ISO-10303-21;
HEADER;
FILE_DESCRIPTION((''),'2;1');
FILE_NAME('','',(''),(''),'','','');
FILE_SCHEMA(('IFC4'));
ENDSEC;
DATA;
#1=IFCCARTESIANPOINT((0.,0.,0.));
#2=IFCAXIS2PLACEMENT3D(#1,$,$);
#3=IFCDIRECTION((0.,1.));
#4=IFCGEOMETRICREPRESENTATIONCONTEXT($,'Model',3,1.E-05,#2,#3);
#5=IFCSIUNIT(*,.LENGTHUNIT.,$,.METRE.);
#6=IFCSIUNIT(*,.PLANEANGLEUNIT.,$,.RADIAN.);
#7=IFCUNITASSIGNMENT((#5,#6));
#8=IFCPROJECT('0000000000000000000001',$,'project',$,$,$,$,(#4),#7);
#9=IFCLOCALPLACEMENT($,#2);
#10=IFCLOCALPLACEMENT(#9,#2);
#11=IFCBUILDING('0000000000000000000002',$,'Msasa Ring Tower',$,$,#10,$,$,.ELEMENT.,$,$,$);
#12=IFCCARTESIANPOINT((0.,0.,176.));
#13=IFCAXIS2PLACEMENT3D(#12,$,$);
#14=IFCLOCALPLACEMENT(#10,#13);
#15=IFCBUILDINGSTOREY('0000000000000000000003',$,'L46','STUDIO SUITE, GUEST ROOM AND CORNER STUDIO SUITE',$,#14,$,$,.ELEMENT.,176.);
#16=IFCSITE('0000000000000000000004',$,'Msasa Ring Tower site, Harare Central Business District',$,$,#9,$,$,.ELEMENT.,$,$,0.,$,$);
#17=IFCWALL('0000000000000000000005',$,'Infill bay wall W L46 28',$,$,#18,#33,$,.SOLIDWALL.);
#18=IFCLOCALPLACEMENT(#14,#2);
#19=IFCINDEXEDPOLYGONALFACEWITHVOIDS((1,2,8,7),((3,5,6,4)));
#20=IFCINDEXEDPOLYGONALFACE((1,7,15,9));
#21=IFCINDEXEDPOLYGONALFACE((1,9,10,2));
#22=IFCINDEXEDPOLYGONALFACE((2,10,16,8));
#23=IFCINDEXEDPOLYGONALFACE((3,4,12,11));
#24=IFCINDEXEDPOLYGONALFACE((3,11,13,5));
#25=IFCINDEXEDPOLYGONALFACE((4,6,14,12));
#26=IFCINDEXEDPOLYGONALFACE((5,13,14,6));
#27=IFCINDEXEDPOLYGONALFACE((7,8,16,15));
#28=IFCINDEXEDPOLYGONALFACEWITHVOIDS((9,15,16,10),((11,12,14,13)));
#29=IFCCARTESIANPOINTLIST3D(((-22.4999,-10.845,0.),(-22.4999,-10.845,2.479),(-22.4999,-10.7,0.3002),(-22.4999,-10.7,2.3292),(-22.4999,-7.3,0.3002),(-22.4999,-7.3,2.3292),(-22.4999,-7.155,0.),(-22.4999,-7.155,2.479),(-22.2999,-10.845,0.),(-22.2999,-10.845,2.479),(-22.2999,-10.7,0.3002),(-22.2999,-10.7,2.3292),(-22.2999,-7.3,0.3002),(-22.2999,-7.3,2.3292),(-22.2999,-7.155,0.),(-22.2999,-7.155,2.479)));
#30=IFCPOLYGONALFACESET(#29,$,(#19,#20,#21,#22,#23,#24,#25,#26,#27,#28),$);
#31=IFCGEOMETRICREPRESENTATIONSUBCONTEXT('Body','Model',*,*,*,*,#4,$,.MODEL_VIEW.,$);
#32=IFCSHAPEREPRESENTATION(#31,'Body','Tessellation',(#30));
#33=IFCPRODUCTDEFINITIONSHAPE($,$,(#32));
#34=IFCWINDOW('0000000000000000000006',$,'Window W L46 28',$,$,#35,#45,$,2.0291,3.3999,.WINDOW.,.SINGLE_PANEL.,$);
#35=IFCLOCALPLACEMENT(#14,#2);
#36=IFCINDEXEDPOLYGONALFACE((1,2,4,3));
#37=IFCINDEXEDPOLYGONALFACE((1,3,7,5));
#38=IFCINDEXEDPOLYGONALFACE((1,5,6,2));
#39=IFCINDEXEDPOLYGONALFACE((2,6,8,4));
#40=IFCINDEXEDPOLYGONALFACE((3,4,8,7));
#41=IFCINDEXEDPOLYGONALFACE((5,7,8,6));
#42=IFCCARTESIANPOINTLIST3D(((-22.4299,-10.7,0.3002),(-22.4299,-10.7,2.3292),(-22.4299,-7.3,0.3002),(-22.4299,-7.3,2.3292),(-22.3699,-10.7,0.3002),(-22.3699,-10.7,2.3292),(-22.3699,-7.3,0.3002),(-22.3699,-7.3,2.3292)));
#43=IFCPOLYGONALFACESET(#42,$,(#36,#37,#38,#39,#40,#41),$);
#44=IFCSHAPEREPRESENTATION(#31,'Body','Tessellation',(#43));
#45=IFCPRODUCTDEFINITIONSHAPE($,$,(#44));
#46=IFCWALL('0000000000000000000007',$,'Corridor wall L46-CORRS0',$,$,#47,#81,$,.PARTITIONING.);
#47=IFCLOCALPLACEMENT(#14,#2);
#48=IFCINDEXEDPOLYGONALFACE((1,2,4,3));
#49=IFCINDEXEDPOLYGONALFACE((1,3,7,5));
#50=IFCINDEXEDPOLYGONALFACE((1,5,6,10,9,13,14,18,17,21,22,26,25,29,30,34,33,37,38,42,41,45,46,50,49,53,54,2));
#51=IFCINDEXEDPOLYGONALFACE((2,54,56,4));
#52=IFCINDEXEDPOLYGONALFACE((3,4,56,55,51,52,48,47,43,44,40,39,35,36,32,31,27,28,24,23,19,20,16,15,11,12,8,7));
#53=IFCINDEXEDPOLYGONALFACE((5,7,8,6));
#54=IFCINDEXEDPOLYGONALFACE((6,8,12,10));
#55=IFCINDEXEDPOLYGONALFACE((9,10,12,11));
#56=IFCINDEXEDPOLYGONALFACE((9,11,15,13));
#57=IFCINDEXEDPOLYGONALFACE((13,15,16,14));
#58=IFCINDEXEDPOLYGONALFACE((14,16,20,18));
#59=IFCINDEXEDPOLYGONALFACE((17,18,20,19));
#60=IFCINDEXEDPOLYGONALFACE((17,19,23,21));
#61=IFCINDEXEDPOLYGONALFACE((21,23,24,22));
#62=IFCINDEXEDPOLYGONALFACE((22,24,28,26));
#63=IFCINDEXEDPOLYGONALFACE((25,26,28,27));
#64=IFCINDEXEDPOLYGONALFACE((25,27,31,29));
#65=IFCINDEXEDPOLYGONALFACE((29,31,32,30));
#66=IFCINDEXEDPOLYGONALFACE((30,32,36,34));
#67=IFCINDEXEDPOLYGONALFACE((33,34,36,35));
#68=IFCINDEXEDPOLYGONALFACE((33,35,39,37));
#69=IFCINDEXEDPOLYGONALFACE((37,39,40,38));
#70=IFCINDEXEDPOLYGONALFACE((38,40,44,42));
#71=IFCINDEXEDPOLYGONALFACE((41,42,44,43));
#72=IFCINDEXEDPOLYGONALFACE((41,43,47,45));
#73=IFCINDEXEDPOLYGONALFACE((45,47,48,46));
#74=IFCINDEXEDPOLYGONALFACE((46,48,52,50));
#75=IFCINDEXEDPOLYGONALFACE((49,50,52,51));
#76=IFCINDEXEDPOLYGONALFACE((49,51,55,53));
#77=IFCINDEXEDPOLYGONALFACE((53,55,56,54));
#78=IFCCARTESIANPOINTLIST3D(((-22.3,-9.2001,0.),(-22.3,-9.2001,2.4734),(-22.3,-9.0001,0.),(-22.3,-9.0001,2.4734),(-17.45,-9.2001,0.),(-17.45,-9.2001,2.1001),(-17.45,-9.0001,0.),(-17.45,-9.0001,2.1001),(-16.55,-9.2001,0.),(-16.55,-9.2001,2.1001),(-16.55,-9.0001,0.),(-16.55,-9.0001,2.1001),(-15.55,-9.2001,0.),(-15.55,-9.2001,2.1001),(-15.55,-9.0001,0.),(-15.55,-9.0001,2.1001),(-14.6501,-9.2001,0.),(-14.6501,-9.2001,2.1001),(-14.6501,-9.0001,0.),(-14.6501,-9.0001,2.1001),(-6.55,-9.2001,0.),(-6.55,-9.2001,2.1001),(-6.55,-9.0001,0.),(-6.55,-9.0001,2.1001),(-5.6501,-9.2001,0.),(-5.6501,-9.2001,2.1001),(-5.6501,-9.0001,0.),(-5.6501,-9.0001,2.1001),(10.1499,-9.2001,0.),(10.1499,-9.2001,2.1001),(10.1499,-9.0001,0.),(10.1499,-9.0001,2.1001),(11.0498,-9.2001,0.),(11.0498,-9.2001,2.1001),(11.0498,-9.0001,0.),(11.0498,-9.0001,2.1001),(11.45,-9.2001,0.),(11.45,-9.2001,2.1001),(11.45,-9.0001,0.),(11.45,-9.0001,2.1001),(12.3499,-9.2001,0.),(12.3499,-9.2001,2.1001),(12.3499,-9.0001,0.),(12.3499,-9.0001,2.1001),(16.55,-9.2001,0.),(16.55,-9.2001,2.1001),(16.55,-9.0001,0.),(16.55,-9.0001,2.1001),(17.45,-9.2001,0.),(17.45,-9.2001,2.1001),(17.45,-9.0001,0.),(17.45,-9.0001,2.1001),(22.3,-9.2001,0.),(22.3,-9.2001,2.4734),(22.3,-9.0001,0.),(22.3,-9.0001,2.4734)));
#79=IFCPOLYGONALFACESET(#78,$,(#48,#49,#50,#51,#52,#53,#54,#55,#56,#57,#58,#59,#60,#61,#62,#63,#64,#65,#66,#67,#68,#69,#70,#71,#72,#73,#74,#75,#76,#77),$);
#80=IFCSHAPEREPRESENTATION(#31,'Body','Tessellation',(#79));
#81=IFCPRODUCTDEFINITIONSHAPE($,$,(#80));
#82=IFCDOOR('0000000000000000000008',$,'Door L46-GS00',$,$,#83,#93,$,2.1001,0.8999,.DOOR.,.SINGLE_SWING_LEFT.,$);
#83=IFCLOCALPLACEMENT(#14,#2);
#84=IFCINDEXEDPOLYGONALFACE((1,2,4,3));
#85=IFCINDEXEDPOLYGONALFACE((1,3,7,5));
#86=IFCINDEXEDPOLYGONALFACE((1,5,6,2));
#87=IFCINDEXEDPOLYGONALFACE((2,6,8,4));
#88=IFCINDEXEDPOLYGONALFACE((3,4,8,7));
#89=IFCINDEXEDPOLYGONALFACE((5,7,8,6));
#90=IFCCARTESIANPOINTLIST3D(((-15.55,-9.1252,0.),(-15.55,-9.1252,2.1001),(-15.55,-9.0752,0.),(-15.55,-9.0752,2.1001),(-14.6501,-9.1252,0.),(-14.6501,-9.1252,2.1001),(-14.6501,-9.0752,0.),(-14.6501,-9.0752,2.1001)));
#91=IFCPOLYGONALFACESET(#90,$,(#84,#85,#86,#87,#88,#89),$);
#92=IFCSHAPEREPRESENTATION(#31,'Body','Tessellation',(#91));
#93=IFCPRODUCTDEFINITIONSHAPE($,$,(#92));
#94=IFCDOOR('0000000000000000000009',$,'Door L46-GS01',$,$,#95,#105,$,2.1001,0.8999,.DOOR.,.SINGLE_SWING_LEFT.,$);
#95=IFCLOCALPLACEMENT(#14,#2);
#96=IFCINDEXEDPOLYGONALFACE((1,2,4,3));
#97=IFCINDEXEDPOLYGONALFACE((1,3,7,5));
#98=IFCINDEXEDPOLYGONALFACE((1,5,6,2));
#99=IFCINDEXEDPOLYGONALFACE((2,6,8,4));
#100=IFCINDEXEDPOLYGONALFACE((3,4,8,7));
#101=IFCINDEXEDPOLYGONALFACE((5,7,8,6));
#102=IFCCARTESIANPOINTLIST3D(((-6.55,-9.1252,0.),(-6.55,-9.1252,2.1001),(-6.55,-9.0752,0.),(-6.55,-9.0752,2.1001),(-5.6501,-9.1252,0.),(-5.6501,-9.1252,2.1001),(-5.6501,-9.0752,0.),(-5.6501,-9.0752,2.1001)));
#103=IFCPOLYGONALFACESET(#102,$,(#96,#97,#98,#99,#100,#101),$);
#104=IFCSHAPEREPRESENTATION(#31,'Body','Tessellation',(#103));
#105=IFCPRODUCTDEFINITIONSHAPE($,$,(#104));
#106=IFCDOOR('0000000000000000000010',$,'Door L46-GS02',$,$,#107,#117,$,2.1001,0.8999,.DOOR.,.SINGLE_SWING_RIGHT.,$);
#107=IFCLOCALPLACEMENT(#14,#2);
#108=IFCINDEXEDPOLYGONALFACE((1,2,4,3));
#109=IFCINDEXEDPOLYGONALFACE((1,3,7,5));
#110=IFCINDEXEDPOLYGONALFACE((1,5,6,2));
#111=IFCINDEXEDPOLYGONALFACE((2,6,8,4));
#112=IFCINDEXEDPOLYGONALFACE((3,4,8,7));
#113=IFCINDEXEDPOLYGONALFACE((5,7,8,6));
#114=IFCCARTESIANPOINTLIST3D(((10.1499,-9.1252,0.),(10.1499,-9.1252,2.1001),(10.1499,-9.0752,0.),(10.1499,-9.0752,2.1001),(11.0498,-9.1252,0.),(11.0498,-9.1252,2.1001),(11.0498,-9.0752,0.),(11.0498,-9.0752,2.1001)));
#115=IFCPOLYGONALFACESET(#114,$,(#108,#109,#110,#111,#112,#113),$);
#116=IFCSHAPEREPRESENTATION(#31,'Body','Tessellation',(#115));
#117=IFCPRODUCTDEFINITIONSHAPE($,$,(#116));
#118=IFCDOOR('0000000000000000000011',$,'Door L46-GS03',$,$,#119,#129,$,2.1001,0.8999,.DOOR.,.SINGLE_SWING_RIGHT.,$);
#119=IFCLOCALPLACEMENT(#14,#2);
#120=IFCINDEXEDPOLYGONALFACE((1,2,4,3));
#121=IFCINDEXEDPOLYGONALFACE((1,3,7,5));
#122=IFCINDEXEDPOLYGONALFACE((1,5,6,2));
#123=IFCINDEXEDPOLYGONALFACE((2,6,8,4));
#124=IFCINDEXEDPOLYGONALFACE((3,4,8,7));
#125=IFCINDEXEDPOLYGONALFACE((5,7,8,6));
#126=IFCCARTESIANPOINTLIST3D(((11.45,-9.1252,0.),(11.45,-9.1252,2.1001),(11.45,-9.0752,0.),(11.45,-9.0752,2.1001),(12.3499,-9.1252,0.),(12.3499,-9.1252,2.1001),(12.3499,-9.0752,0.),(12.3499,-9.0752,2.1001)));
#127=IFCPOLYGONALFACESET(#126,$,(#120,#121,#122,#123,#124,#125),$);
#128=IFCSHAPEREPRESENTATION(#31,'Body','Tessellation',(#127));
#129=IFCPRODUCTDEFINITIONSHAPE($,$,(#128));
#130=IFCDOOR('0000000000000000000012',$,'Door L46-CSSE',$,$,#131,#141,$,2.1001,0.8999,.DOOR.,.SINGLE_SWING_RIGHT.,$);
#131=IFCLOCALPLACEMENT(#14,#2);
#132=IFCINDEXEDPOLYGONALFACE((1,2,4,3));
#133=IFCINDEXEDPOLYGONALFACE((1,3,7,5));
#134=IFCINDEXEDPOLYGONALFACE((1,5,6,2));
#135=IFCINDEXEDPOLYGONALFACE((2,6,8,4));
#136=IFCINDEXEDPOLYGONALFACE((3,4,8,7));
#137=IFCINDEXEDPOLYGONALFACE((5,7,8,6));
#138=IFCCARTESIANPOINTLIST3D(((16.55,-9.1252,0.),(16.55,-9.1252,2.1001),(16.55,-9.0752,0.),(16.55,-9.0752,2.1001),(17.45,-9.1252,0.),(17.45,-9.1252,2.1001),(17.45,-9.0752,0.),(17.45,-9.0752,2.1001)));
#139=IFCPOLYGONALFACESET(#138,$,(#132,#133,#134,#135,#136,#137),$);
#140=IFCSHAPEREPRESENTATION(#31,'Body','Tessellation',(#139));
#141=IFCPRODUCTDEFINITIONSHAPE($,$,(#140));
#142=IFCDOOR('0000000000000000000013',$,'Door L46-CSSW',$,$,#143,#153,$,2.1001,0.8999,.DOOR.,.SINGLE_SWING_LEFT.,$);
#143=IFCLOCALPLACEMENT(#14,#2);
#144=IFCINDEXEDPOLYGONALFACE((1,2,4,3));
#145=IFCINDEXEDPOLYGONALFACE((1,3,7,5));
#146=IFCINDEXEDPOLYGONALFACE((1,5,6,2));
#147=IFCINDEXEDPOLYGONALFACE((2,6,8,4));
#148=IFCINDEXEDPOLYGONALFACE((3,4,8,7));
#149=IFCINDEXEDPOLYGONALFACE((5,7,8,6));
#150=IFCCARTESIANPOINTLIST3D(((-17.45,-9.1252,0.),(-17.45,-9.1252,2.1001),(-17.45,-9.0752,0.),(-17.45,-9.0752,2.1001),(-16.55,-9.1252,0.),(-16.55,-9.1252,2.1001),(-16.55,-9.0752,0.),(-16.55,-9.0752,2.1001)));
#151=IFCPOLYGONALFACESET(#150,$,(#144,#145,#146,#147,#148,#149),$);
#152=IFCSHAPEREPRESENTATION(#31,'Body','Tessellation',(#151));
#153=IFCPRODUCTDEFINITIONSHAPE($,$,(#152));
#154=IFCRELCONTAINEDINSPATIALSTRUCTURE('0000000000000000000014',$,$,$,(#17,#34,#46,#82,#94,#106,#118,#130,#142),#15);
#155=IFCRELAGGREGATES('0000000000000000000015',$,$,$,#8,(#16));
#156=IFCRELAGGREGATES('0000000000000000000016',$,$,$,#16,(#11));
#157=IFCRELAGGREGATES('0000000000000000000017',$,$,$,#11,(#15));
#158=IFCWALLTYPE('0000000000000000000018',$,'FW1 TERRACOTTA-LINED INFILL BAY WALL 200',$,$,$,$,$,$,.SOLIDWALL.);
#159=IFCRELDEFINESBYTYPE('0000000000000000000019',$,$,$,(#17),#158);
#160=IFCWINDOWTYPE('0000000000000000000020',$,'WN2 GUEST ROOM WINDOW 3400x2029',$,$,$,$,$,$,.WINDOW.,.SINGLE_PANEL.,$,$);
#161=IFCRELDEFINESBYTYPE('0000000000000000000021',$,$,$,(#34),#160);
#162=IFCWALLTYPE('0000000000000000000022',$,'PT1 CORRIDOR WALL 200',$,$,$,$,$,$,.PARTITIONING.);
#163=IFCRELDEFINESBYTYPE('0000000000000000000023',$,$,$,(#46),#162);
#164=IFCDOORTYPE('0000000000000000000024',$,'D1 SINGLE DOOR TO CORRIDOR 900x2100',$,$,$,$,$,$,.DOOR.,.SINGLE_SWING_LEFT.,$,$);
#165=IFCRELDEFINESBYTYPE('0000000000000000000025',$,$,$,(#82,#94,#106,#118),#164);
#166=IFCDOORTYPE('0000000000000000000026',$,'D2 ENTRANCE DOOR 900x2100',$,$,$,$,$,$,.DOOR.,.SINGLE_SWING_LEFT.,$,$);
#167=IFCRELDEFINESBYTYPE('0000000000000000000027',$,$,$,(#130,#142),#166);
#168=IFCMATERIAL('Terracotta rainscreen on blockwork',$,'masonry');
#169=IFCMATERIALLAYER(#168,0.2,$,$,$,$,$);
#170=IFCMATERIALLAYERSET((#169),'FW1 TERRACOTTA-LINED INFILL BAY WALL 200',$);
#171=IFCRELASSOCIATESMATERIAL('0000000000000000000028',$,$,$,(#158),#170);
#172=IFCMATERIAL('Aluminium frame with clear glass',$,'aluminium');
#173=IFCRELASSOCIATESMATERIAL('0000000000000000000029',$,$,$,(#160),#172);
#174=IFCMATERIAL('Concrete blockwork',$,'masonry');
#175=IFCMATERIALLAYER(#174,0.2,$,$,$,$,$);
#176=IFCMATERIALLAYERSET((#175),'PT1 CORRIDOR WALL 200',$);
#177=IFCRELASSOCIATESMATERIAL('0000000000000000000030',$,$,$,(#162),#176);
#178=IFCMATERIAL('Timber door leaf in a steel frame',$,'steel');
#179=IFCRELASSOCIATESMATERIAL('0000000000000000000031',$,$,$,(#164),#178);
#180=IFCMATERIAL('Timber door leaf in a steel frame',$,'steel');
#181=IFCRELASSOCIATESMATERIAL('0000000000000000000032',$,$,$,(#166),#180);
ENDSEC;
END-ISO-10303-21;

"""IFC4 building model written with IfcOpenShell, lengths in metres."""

from ifc_helpers import new_model, si_unit, direction, frame, frame_2d, origin, place, context, subcontext, project, spatial, rectangle, extrude, material, layer, layer_set, type_object, element, fill, save


model = new_model("IFC4")

# Units and contexts
model_context = context("Model", 3, precision=1e-05, world=origin(), true_north=direction((0.0, 1.0)))
body_context = subcontext(model_context, "Body", "Model", "MODEL_VIEW")
ifc_project = project(units=[si_unit("LENGTHUNIT", "METRE"), si_unit("PLANEANGLEUNIT", "RADIAN")], contexts=[model_context])

# Site, building, storey
site_placement = place(None, origin())
site = spatial("IfcSite", under=ifc_project, at=site_placement, Name="Msasa Ring Tower site, Harare Central Business District", CompositionType="ELEMENT", RefElevation=0.0)
building_placement = place(site_placement, origin())
building = spatial("IfcBuilding", under=site, at=building_placement, Name="Msasa Ring Tower", CompositionType="ELEMENT")
storey_placement = place(building_placement, frame((0.0, 0.0, 176.0)))
storey = spatial("IfcBuildingStorey", under=building, at=storey_placement, Name="L46", Description="STUDIO SUITE, GUEST ROOM AND CORNER STUDIO SUITE", CompositionType="ELEMENT", Elevation=176.0)

# Wall, opening, window
ifc_material_1 = material(Name="Terracotta rainscreen on blockwork", Category="masonry")
ifc_layer_1 = layer(ifc_material_1, 0.2)
ifc_layer_set_1 = layer_set([ifc_layer_1], Name="FW1 TERRACOTTA-LINED INFILL BAY WALL 200")
wall_type_1 = type_object("IfcWallType", Name="FW1 TERRACOTTA-LINED INFILL BAY WALL 200", PredefinedType="SOLIDWALL", material=ifc_layer_set_1)
ifc_material_2 = material(Name="Aluminium frame with clear glass", Category="aluminium")
window_type = type_object("IfcWindowType", Name="WN2 GUEST ROOM WINDOW 3400x2029", PartitioningType="SINGLE_PANEL", PredefinedType="WINDOW", material=ifc_material_2)
wall_1_placement = place(storey_placement, frame((-22.3999, -10.845, 0.0), z_axis=(0.0, 0.0, 1.0), x_axis=(0.0, 1.0, 0.0)))
wall_1 = element("IfcWall", 1, at=wall_1_placement, inside=storey, type_object=wall_type_1, Name="Infill bay wall W L46 28", PredefinedType="SOLIDWALL", context=body_context, shape_type="SweptSolid", body=[
    extrude(rectangle(XDim=3.6899, YDim=0.2, at=frame_2d((1.845, 0.0))), origin(), (0.0, 0.0, 1.0), 2.479),
])
opening_1_placement = place(wall_1_placement, frame((0.145, 0.0, 0.3)))
opening_1 = element("IfcOpeningElement", 2, at=opening_1_placement, cuts=wall_1, PredefinedType="OPENING", context=body_context, shape_type="SweptSolid", body=[
    extrude(rectangle(XDim=3.3999, YDim=2.0291, at=frame_2d((1.7, 1.0146))), frame((0.0, 0.1099, 0.0), z_axis=(0.0, -1.0, 0.0), x_axis=(1.0, 0.0, 0.0)), (0.0, 0.0, 1.0), 0.22),
])
window_1_placement = place(opening_1_placement, origin())
window_1 = element("IfcWindow", 3, at=window_1_placement, inside=storey, type_object=window_type, Name="Window W L46 28", OverallHeight=2.0291, OverallWidth=3.3999, PartitioningType="SINGLE_PANEL", PredefinedType="WINDOW", context=body_context, shape_type="SweptSolid", body=[
    extrude(rectangle(XDim=3.3999, YDim=2.0291, at=frame_2d((1.7, 1.0146))), frame((0.0, 0.03, 0.0), z_axis=(0.0, -1.0, 0.0), x_axis=(1.0, 0.0, 0.0)), (0.0, 0.0, 1.0), 0.0601),
])
fill(opening_1, window_1)

# Wall, openings, doors
ifc_material_3 = material(Name="Concrete blockwork", Category="masonry")
ifc_layer_2 = layer(ifc_material_3, 0.2)
ifc_layer_set_2 = layer_set([ifc_layer_2], Name="PT1 CORRIDOR WALL 200")
wall_type_2 = type_object("IfcWallType", Name="PT1 CORRIDOR WALL 200", PredefinedType="PARTITIONING", material=ifc_layer_set_2)
wall_2_placement = place(storey_placement, frame((-22.3, -9.1001, 0.0), z_axis=(0.0, 0.0, 1.0), x_axis=(1.0, 0.0, 0.0)))
wall_2 = element("IfcWall", 4, at=wall_2_placement, inside=storey, type_object=wall_type_2, Name="Corridor wall L46-CORRS0", PredefinedType="PARTITIONING", context=body_context, shape_type="SweptSolid", body=[
    extrude(rectangle(XDim=44.6001, YDim=0.2, at=frame_2d((22.3, 0.0))), origin(), (0.0, 0.0, 1.0), 2.4734),
])
opening_2_placement = place(wall_2_placement, frame((6.75, 0.0, 0.0)))
opening_2 = element("IfcOpeningElement", 5, at=opening_2_placement, cuts=wall_2, PredefinedType="OPENING", context=body_context, shape_type="SweptSolid", body=[
    extrude(rectangle(XDim=0.8999, YDim=2.1001, at=frame_2d((0.45, 1.05))), frame((0.0, 0.1099, 0.0), z_axis=(0.0, -1.0, 0.0), x_axis=(1.0, 0.0, 0.0)), (0.0, 0.0, 1.0), 0.22),
])
opening_3_placement = place(wall_2_placement, frame((15.75, 0.0, 0.0)))
opening_3 = element("IfcOpeningElement", 6, at=opening_3_placement, cuts=wall_2, PredefinedType="OPENING", context=body_context, shape_type="SweptSolid", body=[
    extrude(rectangle(XDim=0.8999, YDim=2.1001, at=frame_2d((0.45, 1.05))), frame((0.0, 0.1099, 0.0), z_axis=(0.0, -1.0, 0.0), x_axis=(1.0, 0.0, 0.0)), (0.0, 0.0, 1.0), 0.22),
])
opening_4_placement = place(wall_2_placement, frame((32.45, 0.0, 0.0)))
opening_4 = element("IfcOpeningElement", 7, at=opening_4_placement, cuts=wall_2, PredefinedType="OPENING", context=body_context, shape_type="SweptSolid", body=[
    extrude(rectangle(XDim=0.8999, YDim=2.1001, at=frame_2d((0.45, 1.05))), frame((0.0, 0.1099, 0.0), z_axis=(0.0, -1.0, 0.0), x_axis=(1.0, 0.0, 0.0)), (0.0, 0.0, 1.0), 0.22),
])
opening_5_placement = place(wall_2_placement, frame((33.75, 0.0, 0.0)))
opening_5 = element("IfcOpeningElement", 8, at=opening_5_placement, cuts=wall_2, PredefinedType="OPENING", context=body_context, shape_type="SweptSolid", body=[
    extrude(rectangle(XDim=0.8999, YDim=2.1001, at=frame_2d((0.45, 1.05))), frame((0.0, 0.1099, 0.0), z_axis=(0.0, -1.0, 0.0), x_axis=(1.0, 0.0, 0.0)), (0.0, 0.0, 1.0), 0.22),
])
opening_6_placement = place(wall_2_placement, frame((38.8501, 0.0, 0.0)))
opening_6 = element("IfcOpeningElement", 9, at=opening_6_placement, cuts=wall_2, PredefinedType="OPENING", context=body_context, shape_type="SweptSolid", body=[
    extrude(rectangle(XDim=0.8999, YDim=2.1001, at=frame_2d((0.45, 1.05))), frame((0.0, 0.1099, 0.0), z_axis=(0.0, -1.0, 0.0), x_axis=(1.0, 0.0, 0.0)), (0.0, 0.0, 1.0), 0.22),
])
opening_7_placement = place(wall_2_placement, frame((4.8501, 0.0, 0.0)))
opening_7 = element("IfcOpeningElement", 10, at=opening_7_placement, cuts=wall_2, PredefinedType="OPENING", context=body_context, shape_type="SweptSolid", body=[
    extrude(rectangle(XDim=0.8999, YDim=2.1001, at=frame_2d((0.45, 1.05))), frame((0.0, 0.1099, 0.0), z_axis=(0.0, -1.0, 0.0), x_axis=(1.0, 0.0, 0.0)), (0.0, 0.0, 1.0), 0.22),
])
ifc_material_4 = material(Name="Timber door leaf in a steel frame", Category="steel")
door_type_1 = type_object("IfcDoorType", Name="D1 SINGLE DOOR TO CORRIDOR 900x2100", OperationType="SINGLE_SWING_LEFT", PredefinedType="DOOR", material=ifc_material_4)
door_1_placement = place(opening_2_placement, origin())
door_1 = element("IfcDoor", 11, at=door_1_placement, inside=storey, type_object=door_type_1, Name="Door L46-GS00", OperationType="SINGLE_SWING_LEFT", OverallHeight=2.1001, OverallWidth=0.8999, PredefinedType="DOOR", context=body_context, shape_type="SweptSolid", body=[
    extrude(rectangle(XDim=0.8999, YDim=2.1001, at=frame_2d((0.45, 1.05))), frame((0.0, 0.0249, 0.0), z_axis=(0.0, -1.0, 0.0), x_axis=(1.0, 0.0, 0.0)), (0.0, 0.0, 1.0), 0.05),
])
fill(opening_2, door_1)
door_2_placement = place(opening_3_placement, origin())
door_2 = element("IfcDoor", 12, at=door_2_placement, inside=storey, type_object=door_type_1, Name="Door L46-GS01", OperationType="SINGLE_SWING_LEFT", OverallHeight=2.1001, OverallWidth=0.8999, PredefinedType="DOOR", context=body_context, shape_type="SweptSolid", body=[
    extrude(rectangle(XDim=0.8999, YDim=2.1001, at=frame_2d((0.45, 1.05))), frame((0.0, 0.0249, 0.0), z_axis=(0.0, -1.0, 0.0), x_axis=(1.0, 0.0, 0.0)), (0.0, 0.0, 1.0), 0.05),
])
fill(opening_3, door_2)
door_3_placement = place(opening_4_placement, origin())
door_3 = element("IfcDoor", 13, at=door_3_placement, inside=storey, type_object=door_type_1, Name="Door L46-GS02", OperationType="SINGLE_SWING_RIGHT", OverallHeight=2.1001, OverallWidth=0.8999, PredefinedType="DOOR", context=body_context, shape_type="SweptSolid", body=[
    extrude(rectangle(XDim=0.8999, YDim=2.1001, at=frame_2d((0.45, 1.05))), frame((0.0, 0.0249, 0.0), z_axis=(0.0, -1.0, 0.0), x_axis=(1.0, 0.0, 0.0)), (0.0, 0.0, 1.0), 0.05),
])
fill(opening_4, door_3)
door_4_placement = place(opening_5_placement, origin())
door_4 = element("IfcDoor", 14, at=door_4_placement, inside=storey, type_object=door_type_1, Name="Door L46-GS03", OperationType="SINGLE_SWING_RIGHT", OverallHeight=2.1001, OverallWidth=0.8999, PredefinedType="DOOR", context=body_context, shape_type="SweptSolid", body=[
    extrude(rectangle(XDim=0.8999, YDim=2.1001, at=frame_2d((0.45, 1.05))), frame((0.0, 0.0249, 0.0), z_axis=(0.0, -1.0, 0.0), x_axis=(1.0, 0.0, 0.0)), (0.0, 0.0, 1.0), 0.05),
])
fill(opening_5, door_4)
ifc_material_5 = material(Name="Timber door leaf in a steel frame", Category="steel")
door_type_2 = type_object("IfcDoorType", Name="D2 ENTRANCE DOOR 900x2100", OperationType="SINGLE_SWING_LEFT", PredefinedType="DOOR", material=ifc_material_5)
door_5_placement = place(opening_6_placement, origin())
door_5 = element("IfcDoor", 15, at=door_5_placement, inside=storey, type_object=door_type_2, Name="Door L46-CSSE", OperationType="SINGLE_SWING_RIGHT", OverallHeight=2.1001, OverallWidth=0.8999, PredefinedType="DOOR", context=body_context, shape_type="SweptSolid", body=[
    extrude(rectangle(XDim=0.8999, YDim=2.1001, at=frame_2d((0.45, 1.05))), frame((0.0, 0.0249, 0.0), z_axis=(0.0, -1.0, 0.0), x_axis=(1.0, 0.0, 0.0)), (0.0, 0.0, 1.0), 0.05),
])
fill(opening_6, door_5)
door_6_placement = place(opening_7_placement, origin())
door_6 = element("IfcDoor", 16, at=door_6_placement, inside=storey, type_object=door_type_2, Name="Door L46-CSSW", OperationType="SINGLE_SWING_LEFT", OverallHeight=2.1001, OverallWidth=0.8999, PredefinedType="DOOR", context=body_context, shape_type="SweptSolid", body=[
    extrude(rectangle(XDim=0.8999, YDim=2.1001, at=frame_2d((0.45, 1.05))), frame((0.0, 0.0249, 0.0), z_axis=(0.0, -1.0, 0.0), x_axis=(1.0, 0.0, 0.0)), (0.0, 0.0, 1.0), 0.05),
])
fill(opening_7, door_6)

save(model, "model.ifc")
